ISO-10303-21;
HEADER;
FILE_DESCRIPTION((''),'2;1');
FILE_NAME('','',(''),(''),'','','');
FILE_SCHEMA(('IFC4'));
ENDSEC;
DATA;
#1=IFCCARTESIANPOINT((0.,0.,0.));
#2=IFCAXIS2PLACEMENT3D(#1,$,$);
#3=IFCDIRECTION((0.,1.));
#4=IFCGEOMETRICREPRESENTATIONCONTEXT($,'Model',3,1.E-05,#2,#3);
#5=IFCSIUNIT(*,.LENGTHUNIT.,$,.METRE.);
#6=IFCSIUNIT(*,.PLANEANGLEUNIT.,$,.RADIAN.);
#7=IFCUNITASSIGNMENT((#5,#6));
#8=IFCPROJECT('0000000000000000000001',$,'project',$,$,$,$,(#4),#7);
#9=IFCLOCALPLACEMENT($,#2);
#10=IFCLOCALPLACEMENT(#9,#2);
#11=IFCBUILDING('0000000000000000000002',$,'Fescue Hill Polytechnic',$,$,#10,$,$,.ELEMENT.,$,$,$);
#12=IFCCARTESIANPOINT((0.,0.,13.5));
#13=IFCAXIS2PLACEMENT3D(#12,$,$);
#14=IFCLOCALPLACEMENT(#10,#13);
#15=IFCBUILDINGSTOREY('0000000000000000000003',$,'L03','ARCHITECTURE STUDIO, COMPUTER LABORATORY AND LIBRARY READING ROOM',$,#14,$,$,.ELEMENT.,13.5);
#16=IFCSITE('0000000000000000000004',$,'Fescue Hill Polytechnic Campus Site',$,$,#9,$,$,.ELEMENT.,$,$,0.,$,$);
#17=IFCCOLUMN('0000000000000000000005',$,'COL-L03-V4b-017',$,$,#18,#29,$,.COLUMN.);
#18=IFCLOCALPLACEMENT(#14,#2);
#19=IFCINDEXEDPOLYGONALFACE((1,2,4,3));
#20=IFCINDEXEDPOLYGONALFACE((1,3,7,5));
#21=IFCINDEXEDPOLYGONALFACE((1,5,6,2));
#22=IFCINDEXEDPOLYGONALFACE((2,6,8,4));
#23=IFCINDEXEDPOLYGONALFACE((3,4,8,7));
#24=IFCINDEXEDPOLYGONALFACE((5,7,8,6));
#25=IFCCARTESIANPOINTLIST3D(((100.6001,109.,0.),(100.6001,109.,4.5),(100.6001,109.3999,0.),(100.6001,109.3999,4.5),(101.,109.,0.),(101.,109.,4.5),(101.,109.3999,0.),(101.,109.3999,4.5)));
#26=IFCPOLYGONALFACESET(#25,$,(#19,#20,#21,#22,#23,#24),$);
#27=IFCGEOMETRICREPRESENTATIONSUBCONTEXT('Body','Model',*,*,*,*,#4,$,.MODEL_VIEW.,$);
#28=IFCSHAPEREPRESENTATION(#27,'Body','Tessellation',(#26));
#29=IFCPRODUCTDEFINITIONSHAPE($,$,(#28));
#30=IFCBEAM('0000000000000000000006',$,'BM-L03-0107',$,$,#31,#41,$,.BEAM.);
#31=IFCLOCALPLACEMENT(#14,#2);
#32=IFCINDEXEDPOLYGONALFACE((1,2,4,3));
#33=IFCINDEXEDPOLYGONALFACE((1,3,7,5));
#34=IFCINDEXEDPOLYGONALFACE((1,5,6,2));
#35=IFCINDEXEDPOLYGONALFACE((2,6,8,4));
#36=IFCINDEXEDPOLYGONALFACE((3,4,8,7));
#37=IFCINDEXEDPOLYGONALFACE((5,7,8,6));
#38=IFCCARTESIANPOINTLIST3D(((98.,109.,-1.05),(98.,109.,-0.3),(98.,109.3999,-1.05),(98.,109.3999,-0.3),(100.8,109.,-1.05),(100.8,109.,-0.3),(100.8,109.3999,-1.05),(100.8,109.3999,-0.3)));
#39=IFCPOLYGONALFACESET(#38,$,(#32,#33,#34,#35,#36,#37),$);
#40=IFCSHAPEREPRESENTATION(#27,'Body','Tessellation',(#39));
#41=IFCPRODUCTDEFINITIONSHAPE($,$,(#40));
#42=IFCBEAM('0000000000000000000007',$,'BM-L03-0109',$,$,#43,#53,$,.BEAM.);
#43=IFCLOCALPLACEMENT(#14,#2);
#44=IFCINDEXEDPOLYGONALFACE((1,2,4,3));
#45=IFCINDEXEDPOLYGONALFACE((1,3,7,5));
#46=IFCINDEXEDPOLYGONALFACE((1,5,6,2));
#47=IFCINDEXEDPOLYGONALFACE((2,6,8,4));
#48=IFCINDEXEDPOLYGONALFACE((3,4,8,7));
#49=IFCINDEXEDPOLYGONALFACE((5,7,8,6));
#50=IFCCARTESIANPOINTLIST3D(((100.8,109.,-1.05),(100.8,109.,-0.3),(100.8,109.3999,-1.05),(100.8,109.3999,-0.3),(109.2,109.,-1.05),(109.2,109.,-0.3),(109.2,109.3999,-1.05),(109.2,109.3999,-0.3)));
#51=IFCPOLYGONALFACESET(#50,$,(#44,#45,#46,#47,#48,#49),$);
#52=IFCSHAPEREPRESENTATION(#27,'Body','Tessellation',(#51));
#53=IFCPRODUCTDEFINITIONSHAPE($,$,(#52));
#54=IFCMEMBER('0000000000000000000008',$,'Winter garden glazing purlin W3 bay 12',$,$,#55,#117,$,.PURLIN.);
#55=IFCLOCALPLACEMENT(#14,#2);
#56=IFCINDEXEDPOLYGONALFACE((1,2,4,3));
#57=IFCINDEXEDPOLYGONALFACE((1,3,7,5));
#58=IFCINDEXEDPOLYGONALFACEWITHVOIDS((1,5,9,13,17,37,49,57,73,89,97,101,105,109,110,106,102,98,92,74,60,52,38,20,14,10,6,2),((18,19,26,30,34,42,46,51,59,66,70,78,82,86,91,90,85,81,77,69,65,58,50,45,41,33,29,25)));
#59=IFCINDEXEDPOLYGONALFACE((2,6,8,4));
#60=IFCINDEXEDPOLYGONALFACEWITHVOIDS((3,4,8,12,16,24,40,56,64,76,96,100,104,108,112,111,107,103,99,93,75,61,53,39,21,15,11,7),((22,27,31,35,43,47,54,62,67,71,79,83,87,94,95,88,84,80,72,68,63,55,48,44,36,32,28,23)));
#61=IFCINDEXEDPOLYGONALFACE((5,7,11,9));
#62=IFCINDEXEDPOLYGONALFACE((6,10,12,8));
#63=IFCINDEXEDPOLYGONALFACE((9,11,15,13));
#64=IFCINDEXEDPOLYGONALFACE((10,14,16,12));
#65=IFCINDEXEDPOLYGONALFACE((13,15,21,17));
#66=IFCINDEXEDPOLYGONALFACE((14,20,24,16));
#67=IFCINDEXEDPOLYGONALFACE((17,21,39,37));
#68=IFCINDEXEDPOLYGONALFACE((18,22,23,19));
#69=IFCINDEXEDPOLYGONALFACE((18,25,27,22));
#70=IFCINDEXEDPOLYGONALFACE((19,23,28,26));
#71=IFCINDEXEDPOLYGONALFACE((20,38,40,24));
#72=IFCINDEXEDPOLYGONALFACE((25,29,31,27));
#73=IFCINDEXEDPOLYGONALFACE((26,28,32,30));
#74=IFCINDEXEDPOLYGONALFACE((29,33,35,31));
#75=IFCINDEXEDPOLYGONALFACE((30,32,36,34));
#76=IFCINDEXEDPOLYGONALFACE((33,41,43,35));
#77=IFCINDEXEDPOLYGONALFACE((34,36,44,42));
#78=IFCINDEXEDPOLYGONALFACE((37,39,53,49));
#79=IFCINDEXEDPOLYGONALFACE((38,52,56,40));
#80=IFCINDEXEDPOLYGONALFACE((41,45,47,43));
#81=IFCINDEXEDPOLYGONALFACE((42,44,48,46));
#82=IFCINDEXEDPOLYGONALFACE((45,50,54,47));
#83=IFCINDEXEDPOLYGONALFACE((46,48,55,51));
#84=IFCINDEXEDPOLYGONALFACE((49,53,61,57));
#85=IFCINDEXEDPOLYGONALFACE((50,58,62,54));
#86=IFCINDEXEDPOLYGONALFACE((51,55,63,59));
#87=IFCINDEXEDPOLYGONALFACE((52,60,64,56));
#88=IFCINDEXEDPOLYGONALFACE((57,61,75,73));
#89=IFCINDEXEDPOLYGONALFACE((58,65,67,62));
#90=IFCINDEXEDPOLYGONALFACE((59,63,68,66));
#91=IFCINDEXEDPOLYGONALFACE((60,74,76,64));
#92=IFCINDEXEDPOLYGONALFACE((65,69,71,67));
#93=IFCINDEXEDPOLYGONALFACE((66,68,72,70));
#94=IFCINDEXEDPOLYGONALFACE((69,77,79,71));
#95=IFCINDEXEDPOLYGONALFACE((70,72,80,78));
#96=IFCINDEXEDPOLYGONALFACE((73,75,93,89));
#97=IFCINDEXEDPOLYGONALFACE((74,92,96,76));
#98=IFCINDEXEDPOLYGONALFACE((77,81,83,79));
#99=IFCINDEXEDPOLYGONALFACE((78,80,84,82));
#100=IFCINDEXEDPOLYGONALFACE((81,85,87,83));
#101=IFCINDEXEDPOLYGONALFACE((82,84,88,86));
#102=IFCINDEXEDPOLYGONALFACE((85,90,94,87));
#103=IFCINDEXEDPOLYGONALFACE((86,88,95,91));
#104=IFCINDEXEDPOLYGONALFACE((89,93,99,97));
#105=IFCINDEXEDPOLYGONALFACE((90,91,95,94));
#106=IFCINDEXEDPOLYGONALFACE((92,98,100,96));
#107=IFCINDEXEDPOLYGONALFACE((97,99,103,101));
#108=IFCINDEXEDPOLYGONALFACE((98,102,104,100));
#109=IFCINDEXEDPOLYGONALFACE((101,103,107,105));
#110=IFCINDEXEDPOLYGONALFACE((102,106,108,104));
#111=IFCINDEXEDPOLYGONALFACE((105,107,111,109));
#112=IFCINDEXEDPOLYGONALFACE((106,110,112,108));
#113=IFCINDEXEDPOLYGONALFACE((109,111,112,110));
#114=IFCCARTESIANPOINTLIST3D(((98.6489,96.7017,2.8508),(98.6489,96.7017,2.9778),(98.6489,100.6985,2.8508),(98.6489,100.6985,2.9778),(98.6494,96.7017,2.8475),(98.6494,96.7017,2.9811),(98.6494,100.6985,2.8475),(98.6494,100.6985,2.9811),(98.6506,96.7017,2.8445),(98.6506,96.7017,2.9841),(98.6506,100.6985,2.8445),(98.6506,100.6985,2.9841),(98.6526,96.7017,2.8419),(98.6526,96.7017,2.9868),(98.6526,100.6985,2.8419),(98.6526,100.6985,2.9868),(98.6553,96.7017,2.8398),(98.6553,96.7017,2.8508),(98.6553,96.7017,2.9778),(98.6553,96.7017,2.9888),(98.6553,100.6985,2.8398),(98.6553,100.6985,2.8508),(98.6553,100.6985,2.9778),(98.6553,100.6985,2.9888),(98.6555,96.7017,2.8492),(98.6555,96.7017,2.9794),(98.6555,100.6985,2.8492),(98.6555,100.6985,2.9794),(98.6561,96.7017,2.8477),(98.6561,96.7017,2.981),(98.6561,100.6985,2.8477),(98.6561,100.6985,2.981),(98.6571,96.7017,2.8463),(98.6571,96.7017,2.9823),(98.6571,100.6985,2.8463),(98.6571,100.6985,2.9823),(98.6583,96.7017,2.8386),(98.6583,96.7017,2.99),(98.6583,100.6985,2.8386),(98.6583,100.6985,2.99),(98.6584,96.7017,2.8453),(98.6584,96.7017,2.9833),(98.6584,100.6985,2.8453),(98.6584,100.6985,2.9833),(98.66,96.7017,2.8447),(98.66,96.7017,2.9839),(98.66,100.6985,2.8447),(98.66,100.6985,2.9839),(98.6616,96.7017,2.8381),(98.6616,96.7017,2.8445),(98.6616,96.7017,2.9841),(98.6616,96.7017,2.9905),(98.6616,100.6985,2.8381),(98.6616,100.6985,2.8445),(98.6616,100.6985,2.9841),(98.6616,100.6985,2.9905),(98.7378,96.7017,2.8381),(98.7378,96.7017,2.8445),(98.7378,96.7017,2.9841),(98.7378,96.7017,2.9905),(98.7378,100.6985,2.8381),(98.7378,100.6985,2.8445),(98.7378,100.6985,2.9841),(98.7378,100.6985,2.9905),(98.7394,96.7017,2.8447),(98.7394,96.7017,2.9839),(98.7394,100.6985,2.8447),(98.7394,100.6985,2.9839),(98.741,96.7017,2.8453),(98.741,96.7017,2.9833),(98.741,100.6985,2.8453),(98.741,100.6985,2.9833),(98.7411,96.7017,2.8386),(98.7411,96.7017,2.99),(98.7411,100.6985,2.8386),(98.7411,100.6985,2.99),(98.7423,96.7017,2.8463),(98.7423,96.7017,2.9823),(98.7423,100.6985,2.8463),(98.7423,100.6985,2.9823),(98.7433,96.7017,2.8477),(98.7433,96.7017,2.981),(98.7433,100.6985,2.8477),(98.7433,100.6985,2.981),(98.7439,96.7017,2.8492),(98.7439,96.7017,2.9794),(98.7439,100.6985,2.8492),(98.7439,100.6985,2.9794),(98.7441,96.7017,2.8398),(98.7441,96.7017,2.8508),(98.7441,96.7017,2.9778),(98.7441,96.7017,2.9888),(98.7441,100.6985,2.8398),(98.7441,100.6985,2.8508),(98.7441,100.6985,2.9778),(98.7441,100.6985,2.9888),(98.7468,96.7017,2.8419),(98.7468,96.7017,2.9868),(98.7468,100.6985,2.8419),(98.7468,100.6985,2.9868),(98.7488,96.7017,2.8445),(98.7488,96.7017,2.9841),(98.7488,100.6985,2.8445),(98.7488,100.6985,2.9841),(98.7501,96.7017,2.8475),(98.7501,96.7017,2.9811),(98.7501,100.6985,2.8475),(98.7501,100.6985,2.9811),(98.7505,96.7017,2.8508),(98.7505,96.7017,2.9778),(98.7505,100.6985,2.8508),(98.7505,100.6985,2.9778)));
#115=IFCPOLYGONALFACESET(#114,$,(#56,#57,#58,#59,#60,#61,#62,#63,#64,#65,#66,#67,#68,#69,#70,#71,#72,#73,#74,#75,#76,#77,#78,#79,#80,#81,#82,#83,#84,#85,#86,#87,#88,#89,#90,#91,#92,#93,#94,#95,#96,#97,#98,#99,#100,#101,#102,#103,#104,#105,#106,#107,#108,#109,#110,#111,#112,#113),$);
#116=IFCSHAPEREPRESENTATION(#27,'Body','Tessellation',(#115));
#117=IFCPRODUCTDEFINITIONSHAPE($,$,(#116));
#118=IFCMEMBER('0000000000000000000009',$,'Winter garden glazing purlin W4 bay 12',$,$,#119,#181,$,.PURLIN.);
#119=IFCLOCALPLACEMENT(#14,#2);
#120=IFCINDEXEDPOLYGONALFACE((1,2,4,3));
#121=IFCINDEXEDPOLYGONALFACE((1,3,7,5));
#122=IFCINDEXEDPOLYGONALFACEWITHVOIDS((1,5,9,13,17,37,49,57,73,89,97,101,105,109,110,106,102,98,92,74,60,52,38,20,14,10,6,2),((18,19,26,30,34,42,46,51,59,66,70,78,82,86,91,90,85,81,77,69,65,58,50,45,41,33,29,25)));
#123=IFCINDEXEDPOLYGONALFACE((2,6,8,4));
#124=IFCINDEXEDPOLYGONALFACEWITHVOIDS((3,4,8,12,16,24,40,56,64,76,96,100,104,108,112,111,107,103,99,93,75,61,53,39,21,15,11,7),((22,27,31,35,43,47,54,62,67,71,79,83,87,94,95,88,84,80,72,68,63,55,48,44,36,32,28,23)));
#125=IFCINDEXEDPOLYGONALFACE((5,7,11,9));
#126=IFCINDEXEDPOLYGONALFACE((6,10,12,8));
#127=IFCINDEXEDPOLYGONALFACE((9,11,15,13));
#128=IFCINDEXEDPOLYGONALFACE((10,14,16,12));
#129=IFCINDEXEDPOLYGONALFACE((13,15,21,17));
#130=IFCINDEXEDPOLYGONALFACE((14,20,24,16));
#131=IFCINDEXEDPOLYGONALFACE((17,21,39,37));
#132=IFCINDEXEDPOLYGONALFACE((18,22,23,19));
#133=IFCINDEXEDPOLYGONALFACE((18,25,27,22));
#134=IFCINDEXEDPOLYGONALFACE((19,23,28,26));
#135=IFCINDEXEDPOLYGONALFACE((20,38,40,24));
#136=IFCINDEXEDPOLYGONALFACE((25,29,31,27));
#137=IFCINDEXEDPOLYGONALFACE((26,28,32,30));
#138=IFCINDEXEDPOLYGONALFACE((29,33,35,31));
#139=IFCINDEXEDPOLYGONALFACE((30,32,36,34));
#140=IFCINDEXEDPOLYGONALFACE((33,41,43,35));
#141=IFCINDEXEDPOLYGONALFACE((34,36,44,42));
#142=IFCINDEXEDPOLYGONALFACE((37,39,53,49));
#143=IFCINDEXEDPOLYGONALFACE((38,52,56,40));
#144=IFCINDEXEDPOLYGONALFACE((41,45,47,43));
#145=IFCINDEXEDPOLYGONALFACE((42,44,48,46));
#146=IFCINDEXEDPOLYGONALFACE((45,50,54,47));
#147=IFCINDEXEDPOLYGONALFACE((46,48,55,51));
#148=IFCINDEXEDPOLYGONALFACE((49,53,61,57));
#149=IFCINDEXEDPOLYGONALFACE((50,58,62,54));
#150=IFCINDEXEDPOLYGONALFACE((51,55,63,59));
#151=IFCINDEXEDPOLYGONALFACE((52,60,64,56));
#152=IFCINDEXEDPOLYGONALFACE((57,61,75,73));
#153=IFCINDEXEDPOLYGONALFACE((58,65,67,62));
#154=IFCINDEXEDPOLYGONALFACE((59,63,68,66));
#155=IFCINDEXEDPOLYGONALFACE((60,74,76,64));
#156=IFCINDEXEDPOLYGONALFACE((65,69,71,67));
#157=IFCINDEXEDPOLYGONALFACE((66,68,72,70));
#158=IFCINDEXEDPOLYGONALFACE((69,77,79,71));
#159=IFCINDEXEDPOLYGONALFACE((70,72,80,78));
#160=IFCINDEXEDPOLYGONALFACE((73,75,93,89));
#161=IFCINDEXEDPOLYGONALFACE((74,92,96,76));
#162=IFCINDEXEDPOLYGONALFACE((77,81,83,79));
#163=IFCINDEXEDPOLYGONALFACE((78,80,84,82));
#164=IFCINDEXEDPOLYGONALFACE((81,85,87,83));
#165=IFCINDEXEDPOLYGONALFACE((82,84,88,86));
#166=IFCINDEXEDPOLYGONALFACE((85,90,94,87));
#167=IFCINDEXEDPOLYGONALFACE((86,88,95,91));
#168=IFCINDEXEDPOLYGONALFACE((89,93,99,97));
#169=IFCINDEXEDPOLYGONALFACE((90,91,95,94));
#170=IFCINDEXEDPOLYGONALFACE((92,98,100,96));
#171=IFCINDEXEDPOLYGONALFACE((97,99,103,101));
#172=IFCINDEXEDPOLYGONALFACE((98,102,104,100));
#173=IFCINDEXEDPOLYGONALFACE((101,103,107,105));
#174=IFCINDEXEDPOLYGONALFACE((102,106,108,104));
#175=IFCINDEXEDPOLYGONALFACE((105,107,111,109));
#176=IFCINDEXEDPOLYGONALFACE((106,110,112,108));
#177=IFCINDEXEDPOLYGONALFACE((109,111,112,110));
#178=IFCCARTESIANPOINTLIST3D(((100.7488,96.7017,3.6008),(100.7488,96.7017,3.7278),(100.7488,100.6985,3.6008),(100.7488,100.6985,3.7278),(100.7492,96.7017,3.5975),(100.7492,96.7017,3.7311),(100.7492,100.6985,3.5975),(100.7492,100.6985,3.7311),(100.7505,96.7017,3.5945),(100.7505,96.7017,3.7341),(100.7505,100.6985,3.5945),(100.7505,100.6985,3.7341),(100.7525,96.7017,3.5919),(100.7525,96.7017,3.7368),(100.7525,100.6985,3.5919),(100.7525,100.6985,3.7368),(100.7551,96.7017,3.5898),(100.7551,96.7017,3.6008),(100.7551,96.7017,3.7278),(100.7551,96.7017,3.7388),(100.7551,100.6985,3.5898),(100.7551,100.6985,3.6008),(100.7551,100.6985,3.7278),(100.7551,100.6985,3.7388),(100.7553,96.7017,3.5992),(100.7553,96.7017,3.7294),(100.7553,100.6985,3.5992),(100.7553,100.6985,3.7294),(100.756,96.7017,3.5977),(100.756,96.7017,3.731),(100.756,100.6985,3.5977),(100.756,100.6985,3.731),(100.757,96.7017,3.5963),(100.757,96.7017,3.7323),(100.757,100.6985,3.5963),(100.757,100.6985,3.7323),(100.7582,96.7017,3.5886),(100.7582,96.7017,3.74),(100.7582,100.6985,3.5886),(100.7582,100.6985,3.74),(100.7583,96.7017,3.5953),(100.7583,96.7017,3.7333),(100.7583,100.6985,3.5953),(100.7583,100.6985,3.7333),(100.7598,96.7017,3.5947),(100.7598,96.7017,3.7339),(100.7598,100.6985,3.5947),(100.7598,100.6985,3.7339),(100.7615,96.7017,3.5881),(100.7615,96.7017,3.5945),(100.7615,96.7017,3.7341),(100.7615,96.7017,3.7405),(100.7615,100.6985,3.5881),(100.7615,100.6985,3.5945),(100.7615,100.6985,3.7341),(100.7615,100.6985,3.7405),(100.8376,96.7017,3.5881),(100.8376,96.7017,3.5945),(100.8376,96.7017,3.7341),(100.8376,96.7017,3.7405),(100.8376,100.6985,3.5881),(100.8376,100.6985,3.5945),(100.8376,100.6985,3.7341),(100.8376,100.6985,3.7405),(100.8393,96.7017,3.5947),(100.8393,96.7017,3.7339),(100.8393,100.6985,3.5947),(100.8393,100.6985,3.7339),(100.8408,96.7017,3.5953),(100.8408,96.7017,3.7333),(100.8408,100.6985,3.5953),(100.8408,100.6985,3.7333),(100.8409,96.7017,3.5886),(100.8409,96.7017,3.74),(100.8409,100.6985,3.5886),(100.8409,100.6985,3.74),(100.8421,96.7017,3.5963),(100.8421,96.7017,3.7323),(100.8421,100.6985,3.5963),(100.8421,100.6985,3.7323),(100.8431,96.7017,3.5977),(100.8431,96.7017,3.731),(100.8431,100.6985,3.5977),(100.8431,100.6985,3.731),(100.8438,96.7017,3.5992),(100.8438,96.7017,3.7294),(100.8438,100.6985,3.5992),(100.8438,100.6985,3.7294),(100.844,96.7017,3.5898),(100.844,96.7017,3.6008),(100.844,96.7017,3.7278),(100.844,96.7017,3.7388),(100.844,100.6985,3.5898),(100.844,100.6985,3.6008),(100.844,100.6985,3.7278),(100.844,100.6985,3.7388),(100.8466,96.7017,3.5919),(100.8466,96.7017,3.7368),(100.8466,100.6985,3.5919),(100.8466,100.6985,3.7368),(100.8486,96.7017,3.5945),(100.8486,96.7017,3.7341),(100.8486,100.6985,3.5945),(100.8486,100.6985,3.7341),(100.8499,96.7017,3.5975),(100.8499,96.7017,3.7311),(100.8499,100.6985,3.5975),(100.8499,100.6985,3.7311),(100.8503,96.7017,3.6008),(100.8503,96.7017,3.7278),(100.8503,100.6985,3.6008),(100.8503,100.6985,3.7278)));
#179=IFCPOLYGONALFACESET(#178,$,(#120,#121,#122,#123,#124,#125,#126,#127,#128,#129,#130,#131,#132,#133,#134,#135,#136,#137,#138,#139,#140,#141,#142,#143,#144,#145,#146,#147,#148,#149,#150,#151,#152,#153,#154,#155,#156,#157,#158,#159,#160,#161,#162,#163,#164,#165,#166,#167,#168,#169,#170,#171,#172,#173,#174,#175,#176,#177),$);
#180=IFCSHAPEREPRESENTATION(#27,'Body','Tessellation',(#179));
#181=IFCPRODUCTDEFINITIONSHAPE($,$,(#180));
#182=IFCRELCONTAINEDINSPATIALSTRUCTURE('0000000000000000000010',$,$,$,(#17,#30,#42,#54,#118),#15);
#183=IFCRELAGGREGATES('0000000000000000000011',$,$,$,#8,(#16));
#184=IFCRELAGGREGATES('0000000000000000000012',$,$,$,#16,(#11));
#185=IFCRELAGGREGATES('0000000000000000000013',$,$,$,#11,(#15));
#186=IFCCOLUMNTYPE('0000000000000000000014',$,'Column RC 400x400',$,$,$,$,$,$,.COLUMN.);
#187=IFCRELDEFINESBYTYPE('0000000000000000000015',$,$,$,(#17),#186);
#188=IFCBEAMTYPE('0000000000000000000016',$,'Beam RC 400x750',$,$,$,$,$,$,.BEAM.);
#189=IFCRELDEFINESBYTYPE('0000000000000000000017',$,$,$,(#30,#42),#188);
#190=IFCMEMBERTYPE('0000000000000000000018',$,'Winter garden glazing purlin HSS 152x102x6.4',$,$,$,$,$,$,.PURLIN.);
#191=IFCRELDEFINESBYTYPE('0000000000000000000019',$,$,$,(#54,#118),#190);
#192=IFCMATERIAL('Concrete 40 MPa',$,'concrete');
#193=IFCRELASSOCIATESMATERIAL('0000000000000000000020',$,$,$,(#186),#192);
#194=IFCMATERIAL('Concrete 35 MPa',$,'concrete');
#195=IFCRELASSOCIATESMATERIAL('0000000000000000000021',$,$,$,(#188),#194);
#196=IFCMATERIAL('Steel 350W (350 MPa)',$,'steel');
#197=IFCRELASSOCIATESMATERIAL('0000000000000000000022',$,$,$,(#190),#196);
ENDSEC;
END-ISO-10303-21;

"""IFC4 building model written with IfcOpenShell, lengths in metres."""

from ifc_helpers import new_model, si_unit, direction, frame, origin, origin_2d, place, context, subcontext, project, spatial, rectangle, hollow_rectangle, extrude, material, material_profile, profile_set, type_object, element, save


model = new_model("IFC4")

# Units and contexts
model_context = context("Model", 3, precision=1e-05, world=origin(), true_north=direction((0.0, 1.0)))
body_context = subcontext(model_context, "Body", "Model", "MODEL_VIEW")
ifc_project = project(units=[si_unit("LENGTHUNIT", "METRE"), si_unit("PLANEANGLEUNIT", "RADIAN")], contexts=[model_context])

# Site, building, storey
site_placement = place(None, origin())
site = spatial("IfcSite", under=ifc_project, at=site_placement, Name="Fescue Hill Polytechnic Campus Site", CompositionType="ELEMENT", RefElevation=0.0)
building_placement = place(site_placement, origin())
building = spatial("IfcBuilding", under=site, at=building_placement, Name="Fescue Hill Polytechnic", CompositionType="ELEMENT")
storey_placement = place(building_placement, frame((0.0, 0.0, 13.5)))
storey = spatial("IfcBuildingStorey", under=building, at=storey_placement, Name="L03", Description="ARCHITECTURE STUDIO, COMPUTER LABORATORY AND LIBRARY READING ROOM", CompositionType="ELEMENT", Elevation=13.5)

# Column
ifc_material_1 = material(Name="Concrete 40 MPa", Category="concrete")
ifc_material_profile_1 = material_profile(ifc_material_1, rectangle(XDim=0.3999, YDim=0.3999, at=origin_2d()), Name="RC 400x400")
ifc_profile_set_1 = profile_set([ifc_material_profile_1], Name="Concrete 40 MPa")
column_type = type_object("IfcColumnType", Name="Column RC 400x400", PredefinedType="COLUMN", material=ifc_profile_set_1)
column_placement = place(storey_placement, frame((100.8, 109.2, 0.0), z_axis=(0.0, 0.0, 1.0), x_axis=(1.0, 0.0, 0.0)))
element("IfcColumn", 1, at=column_placement, inside=storey, type_object=column_type, Name="COL-L03-V4b-017", PredefinedType="COLUMN", context=body_context, shape_type="SweptSolid", body=[
    extrude(rectangle(XDim=0.3999, YDim=0.3999, at=origin_2d()), origin(), (0.0, 0.0, 1.0), 4.5),
])

# Beams
ifc_material_2 = material(Name="Concrete 35 MPa", Category="concrete")
ifc_material_profile_2 = material_profile(ifc_material_2, rectangle(XDim=0.3999, YDim=0.75, at=origin_2d()), Name="RC 400x750")
ifc_profile_set_2 = profile_set([ifc_material_profile_2], Name="Concrete 35 MPa")
beam_type = type_object("IfcBeamType", Name="Beam RC 400x750", PredefinedType="BEAM", material=ifc_profile_set_2)
beam_1_placement = place(storey_placement, frame((98.0, 109.2, -0.675), z_axis=(1.0, 0.0, 0.0), x_axis=(0.0, 1.0, 0.0)))
element("IfcBeam", 2, at=beam_1_placement, inside=storey, type_object=beam_type, Name="BM-L03-0107", PredefinedType="BEAM", context=body_context, shape_type="SweptSolid", body=[
    extrude(rectangle(XDim=0.3999, YDim=0.75, at=origin_2d()), origin(), (0.0, 0.0, 1.0), 2.8),
])
beam_2_placement = place(storey_placement, frame((100.8, 109.2, -0.675), z_axis=(1.0, 0.0, 0.0), x_axis=(0.0, 1.0, 0.0)))
element("IfcBeam", 3, at=beam_2_placement, inside=storey, type_object=beam_type, Name="BM-L03-0109", PredefinedType="BEAM", context=body_context, shape_type="SweptSolid", body=[
    extrude(rectangle(XDim=0.3999, YDim=0.75, at=origin_2d()), origin(), (0.0, 0.0, 1.0), 8.3999),
])

# Members
ifc_material_3 = material(Name="Steel 350W (350 MPa)", Category="steel")
ifc_material_profile_3 = material_profile(ifc_material_3, hollow_rectangle(XDim=0.1016, YDim=0.1523, WallThickness=0.0063, InnerFilletRadius=0.0063, OuterFilletRadius=0.0127, at=origin_2d()), Name="Winter garden glazing purlin HSS 152x102x6.4")
ifc_profile_set_3 = profile_set([ifc_material_profile_3], Name="Steel 350W (350 MPa)")
member_type_1 = type_object("IfcMemberType", Name="Winter garden glazing purlin HSS 152x102x6.4", PredefinedType="PURLIN", material=ifc_profile_set_3)
for number, where, z_axis, x_axis, name in (
    (4, (98.6997, 96.7017, 2.9143), (0.0, 1.0, 0.0), (-1.0, 0.0, 0.0), "Winter garden glazing purlin W3 bay 12"),
    (5, (100.7996, 96.7017, 3.6643), (0.0, 1.0, 0.0), (-1.0, 0.0, 0.0), "Winter garden glazing purlin W4 bay 12"),
):
    element("IfcMember", number, at=place(storey_placement, frame(where, z_axis=z_axis, x_axis=x_axis)), inside=storey, type_object=member_type_1, Name=name, PredefinedType="PURLIN", context=body_context, shape_type="SweptSolid", body=[
        extrude(hollow_rectangle(XDim=0.1016, YDim=0.1523, WallThickness=0.0063, InnerFilletRadius=0.0063, OuterFilletRadius=0.0127, at=origin_2d()), origin(), (0.0, 0.0, 1.0), 3.9968),
    ])

save(model, "model.ifc")
